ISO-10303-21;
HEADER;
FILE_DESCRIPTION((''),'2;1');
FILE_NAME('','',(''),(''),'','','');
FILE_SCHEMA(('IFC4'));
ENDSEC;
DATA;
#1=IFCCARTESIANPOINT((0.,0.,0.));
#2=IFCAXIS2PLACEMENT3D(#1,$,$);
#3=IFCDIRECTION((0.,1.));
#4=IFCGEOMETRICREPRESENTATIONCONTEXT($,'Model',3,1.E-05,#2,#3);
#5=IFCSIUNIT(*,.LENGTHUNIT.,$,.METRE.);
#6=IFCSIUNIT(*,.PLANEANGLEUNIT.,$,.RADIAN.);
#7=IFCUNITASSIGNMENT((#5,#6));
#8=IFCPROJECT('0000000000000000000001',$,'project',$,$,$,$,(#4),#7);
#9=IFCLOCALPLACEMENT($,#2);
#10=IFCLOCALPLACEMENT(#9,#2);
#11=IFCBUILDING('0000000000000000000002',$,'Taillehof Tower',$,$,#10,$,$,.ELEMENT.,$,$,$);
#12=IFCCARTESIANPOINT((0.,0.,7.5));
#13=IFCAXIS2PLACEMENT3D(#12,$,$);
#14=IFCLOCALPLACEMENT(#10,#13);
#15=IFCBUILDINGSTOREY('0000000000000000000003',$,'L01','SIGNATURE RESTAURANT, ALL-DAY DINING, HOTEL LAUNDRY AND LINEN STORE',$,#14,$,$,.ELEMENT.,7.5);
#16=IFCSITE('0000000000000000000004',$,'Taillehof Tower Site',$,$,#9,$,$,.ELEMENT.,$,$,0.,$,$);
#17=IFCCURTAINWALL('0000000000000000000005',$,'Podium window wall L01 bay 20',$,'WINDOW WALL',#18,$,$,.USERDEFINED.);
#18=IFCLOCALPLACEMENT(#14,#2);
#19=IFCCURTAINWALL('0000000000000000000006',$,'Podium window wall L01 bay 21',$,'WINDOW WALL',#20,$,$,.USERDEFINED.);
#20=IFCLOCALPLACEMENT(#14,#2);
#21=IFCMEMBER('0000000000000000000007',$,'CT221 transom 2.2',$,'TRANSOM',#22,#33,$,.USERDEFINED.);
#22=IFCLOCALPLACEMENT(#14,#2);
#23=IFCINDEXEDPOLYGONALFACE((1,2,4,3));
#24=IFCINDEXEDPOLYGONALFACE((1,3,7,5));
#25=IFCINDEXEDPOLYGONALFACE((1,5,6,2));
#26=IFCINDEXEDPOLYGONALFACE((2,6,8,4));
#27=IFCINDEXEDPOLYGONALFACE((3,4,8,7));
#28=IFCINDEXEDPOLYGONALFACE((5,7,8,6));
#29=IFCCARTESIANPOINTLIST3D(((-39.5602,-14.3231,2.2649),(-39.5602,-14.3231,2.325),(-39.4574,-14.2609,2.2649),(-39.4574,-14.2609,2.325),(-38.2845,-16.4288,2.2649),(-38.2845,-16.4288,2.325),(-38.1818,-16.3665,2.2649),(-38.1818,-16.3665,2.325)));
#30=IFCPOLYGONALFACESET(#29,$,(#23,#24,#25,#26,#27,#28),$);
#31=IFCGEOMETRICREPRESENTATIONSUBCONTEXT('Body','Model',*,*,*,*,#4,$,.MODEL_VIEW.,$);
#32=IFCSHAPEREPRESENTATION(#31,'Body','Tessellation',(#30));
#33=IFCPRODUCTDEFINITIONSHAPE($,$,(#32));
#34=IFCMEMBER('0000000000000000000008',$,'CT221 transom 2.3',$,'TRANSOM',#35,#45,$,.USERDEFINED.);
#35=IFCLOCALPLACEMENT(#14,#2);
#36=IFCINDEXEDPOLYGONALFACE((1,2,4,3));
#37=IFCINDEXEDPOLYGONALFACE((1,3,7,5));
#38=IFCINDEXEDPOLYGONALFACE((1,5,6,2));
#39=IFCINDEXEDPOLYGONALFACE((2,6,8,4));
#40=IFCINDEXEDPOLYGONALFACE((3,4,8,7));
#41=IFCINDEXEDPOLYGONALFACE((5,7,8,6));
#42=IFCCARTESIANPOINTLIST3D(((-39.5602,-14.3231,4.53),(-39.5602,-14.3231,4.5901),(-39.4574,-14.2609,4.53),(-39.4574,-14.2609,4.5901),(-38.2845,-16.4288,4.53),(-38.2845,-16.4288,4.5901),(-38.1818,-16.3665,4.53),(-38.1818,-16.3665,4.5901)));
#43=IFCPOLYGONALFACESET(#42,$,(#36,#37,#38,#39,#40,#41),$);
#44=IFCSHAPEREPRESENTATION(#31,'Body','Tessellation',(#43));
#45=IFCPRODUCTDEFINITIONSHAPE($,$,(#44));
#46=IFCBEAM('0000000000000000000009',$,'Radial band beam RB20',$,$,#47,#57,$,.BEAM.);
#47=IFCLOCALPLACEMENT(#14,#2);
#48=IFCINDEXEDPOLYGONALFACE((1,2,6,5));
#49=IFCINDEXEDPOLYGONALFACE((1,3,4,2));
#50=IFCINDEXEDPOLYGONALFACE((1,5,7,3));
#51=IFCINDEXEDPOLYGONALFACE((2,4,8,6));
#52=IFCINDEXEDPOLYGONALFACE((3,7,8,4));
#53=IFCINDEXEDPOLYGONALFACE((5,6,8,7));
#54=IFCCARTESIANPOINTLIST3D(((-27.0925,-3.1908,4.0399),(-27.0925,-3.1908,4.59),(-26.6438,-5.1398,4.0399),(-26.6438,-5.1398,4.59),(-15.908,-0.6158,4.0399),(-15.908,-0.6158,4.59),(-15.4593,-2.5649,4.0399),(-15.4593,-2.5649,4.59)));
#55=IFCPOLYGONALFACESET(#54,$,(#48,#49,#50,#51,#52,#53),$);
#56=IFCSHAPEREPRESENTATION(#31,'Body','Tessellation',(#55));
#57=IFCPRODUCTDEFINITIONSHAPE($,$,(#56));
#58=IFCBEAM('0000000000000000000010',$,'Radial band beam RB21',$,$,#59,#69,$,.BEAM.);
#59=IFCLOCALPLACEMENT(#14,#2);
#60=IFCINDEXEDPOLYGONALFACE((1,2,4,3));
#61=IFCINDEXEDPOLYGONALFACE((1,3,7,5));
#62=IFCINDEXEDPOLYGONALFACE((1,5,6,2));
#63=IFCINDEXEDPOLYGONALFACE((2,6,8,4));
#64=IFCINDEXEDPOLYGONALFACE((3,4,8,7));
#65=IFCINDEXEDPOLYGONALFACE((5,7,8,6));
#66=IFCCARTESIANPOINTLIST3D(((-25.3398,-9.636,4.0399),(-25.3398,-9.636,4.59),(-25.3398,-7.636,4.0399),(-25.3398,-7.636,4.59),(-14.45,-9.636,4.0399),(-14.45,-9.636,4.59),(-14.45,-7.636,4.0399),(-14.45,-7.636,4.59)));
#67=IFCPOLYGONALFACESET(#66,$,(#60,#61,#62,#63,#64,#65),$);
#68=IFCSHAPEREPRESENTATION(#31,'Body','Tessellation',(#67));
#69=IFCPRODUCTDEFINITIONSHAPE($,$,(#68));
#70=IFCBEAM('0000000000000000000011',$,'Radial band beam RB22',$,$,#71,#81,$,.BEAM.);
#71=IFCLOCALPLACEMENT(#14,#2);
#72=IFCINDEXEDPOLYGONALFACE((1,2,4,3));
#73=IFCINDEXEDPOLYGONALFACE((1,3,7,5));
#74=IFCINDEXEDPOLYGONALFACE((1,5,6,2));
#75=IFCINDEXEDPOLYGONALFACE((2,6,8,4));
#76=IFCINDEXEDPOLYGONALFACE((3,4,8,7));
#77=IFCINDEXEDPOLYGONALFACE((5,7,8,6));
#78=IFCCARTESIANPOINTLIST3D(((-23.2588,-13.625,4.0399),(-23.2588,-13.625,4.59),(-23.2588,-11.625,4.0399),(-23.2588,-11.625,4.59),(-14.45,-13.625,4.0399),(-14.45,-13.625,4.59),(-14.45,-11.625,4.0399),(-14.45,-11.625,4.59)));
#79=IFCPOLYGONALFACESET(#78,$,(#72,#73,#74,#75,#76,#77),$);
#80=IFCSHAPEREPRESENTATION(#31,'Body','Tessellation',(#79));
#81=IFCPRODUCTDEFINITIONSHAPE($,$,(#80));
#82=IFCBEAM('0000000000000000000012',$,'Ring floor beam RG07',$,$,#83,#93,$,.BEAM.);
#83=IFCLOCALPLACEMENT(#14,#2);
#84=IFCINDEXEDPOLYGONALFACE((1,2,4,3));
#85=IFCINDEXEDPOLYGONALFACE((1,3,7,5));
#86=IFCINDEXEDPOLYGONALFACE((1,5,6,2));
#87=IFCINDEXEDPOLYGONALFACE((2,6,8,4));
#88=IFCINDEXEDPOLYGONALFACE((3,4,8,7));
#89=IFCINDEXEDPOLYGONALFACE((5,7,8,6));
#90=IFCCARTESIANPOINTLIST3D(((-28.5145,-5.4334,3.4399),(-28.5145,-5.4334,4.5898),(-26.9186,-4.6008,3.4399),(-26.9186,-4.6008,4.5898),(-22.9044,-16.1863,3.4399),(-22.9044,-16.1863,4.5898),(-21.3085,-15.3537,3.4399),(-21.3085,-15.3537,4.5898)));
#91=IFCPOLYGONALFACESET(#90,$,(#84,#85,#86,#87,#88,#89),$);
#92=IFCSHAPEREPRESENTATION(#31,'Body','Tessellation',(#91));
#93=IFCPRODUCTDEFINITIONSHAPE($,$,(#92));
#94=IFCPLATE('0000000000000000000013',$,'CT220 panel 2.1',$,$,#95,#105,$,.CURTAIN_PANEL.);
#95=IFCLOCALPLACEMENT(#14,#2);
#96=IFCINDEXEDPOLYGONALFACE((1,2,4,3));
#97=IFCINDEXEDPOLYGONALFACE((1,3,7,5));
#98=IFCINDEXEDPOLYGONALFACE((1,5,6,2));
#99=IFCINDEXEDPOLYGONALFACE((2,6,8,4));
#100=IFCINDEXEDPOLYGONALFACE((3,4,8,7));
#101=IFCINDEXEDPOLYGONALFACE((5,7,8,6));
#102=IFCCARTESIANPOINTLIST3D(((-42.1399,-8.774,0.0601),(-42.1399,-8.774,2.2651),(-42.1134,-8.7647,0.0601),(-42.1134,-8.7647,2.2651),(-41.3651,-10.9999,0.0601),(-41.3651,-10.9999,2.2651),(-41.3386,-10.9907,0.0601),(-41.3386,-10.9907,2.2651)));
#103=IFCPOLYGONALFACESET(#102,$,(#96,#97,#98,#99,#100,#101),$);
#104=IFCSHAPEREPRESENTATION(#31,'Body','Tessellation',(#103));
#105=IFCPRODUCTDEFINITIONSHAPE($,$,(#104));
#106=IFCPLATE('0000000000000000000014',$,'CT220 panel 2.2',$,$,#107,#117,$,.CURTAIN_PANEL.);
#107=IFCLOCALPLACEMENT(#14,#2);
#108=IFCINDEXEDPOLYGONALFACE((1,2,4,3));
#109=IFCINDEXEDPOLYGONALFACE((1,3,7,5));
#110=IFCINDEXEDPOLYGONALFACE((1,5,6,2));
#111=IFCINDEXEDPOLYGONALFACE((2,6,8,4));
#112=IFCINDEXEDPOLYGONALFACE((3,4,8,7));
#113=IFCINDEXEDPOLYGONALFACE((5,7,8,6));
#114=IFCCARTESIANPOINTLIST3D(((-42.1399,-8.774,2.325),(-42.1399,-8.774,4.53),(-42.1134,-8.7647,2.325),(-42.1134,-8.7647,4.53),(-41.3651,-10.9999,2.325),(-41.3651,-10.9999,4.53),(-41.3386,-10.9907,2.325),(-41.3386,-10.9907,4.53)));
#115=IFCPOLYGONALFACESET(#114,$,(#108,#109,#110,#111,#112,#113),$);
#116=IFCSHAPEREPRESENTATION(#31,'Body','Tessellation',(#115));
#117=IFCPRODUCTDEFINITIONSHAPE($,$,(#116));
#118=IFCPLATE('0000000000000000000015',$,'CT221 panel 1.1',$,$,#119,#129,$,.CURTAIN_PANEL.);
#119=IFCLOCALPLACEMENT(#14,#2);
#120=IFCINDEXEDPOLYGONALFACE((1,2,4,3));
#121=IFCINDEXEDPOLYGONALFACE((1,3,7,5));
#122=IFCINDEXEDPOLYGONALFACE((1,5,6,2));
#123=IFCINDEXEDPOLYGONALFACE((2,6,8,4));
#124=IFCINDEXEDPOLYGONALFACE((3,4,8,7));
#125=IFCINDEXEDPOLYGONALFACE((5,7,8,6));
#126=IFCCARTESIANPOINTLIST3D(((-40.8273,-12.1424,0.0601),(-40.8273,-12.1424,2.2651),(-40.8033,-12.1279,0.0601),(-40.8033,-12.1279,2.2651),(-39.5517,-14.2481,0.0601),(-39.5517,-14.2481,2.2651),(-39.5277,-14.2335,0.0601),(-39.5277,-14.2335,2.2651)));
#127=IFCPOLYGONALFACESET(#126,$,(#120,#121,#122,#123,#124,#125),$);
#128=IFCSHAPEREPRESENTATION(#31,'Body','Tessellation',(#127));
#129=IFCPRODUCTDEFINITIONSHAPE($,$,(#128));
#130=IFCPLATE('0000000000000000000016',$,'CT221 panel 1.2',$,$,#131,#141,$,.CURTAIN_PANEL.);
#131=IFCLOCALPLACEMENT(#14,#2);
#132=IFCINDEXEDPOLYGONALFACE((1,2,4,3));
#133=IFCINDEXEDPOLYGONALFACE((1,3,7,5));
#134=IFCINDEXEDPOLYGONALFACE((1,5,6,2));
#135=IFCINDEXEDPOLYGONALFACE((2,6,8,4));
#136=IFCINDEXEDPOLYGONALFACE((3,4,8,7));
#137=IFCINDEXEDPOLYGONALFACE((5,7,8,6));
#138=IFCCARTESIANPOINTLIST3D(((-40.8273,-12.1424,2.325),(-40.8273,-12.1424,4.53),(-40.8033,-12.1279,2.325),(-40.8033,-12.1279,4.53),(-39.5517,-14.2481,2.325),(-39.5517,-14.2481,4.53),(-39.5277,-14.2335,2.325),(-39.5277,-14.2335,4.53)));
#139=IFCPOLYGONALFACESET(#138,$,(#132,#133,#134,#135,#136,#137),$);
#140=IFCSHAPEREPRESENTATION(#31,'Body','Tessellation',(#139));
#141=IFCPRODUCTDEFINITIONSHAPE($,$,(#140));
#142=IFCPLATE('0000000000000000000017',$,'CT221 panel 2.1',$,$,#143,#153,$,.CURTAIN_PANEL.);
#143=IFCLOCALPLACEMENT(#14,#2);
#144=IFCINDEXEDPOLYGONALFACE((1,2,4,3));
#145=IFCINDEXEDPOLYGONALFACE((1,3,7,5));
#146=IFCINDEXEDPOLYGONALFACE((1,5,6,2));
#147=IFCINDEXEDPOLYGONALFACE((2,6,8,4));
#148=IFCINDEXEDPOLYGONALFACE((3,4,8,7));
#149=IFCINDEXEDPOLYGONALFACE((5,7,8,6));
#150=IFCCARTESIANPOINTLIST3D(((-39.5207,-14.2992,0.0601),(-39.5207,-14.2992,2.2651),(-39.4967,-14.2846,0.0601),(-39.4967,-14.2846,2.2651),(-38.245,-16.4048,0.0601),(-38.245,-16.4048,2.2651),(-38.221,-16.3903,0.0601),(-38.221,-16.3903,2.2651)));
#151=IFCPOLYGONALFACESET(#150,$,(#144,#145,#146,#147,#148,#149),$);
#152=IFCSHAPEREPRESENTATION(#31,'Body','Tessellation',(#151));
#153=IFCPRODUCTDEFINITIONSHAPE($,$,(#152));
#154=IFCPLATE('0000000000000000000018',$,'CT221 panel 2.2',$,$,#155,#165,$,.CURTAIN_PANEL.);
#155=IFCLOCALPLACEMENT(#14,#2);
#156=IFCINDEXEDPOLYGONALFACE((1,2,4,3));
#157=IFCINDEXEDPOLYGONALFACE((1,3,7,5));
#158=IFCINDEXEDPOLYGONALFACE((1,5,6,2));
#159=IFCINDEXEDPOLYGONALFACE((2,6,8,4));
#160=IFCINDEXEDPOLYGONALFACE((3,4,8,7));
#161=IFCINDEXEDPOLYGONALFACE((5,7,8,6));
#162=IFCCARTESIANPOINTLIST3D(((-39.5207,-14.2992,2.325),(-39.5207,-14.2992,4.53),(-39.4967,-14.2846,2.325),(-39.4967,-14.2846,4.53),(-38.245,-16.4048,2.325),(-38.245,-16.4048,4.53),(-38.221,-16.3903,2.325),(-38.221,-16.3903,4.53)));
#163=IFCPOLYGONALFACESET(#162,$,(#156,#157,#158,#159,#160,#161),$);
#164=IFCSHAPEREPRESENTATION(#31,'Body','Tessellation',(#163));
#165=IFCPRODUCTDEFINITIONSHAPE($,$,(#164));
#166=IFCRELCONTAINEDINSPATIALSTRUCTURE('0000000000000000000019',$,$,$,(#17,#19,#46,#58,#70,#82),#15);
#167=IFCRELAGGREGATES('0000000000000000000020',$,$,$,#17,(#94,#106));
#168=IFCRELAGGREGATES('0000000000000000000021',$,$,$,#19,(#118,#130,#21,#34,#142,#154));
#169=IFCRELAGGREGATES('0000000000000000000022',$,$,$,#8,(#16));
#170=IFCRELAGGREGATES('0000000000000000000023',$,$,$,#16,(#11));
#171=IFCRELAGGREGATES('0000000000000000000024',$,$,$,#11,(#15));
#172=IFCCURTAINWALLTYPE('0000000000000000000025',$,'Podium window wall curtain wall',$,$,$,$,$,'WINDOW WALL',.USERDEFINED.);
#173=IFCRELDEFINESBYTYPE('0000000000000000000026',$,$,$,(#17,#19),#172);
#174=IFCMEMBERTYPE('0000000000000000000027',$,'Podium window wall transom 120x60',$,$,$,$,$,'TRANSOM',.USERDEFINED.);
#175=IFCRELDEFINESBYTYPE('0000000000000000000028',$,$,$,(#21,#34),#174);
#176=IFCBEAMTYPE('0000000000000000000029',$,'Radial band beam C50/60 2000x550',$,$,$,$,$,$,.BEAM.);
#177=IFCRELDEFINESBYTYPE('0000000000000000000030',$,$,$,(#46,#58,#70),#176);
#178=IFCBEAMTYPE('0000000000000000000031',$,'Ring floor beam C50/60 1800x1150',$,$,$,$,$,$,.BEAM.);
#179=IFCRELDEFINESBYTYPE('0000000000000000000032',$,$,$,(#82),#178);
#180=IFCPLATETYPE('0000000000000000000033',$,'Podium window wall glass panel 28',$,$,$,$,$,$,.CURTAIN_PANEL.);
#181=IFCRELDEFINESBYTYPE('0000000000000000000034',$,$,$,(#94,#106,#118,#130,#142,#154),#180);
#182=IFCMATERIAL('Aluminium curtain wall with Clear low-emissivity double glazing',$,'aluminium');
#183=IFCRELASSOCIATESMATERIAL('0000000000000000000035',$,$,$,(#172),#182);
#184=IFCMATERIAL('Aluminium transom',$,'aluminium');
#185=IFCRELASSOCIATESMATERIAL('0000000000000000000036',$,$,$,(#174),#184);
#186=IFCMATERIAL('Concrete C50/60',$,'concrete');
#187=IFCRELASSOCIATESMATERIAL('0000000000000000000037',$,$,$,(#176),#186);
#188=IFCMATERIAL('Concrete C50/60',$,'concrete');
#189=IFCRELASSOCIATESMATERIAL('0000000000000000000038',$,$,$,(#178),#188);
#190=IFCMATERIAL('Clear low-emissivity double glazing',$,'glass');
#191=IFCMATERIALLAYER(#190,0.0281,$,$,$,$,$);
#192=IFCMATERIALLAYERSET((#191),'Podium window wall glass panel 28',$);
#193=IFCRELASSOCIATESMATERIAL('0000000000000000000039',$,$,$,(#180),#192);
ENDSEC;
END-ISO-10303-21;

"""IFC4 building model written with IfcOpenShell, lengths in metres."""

from ifc_helpers import new_model, si_unit, direction, frame, origin, origin_2d, place, context, subcontext, project, spatial, rectangle, extrude, material, layer, layer_set, material_profile, profile_set, type_object, element, aggregate, save


model = new_model("IFC4")

# Units and contexts
model_context = context("Model", 3, precision=1e-05, world=origin(), true_north=direction((0.0, 1.0)))
body_context = subcontext(model_context, "Body", "Model", "MODEL_VIEW")
ifc_project = project(units=[si_unit("LENGTHUNIT", "METRE"), si_unit("PLANEANGLEUNIT", "RADIAN")], contexts=[model_context])

# Site, building, storey
site_placement = place(None, origin())
site = spatial("IfcSite", under=ifc_project, at=site_placement, Name="Taillehof Tower Site", CompositionType="ELEMENT", RefElevation=0.0)
building_placement = place(site_placement, origin())
building = spatial("IfcBuilding", under=site, at=building_placement, Name="Taillehof Tower", CompositionType="ELEMENT")
storey_placement = place(building_placement, frame((0.0, 0.0, 7.5)))
storey = spatial("IfcBuildingStorey", under=building, at=storey_placement, Name="L01", Description="SIGNATURE RESTAURANT, ALL-DAY DINING, HOTEL LAUNDRY AND LINEN STORE", CompositionType="ELEMENT", Elevation=7.5)

# Curtain wall
ifc_material_1 = material(Name="Aluminium curtain wall with Clear low-emissivity double glazing", Category="aluminium")
curtain_wall_type = type_object("IfcCurtainWallType", Name="Podium window wall curtain wall", ElementType="WINDOW WALL", PredefinedType="USERDEFINED", material=ifc_material_1)
curtain_wall_1_placement = place(storey_placement, origin())
curtain_wall_1 = element("IfcCurtainWall", 1, at=curtain_wall_1_placement, inside=storey, type_object=curtain_wall_type, Name="Podium window wall L01 bay 20", ObjectType="WINDOW WALL", PredefinedType="USERDEFINED")

# Curtain wall
curtain_wall_2_placement = place(storey_placement, origin())
curtain_wall_2 = element("IfcCurtainWall", 2, at=curtain_wall_2_placement, inside=storey, type_object=curtain_wall_type, Name="Podium window wall L01 bay 21", ObjectType="WINDOW WALL", PredefinedType="USERDEFINED")

# Members
ifc_material_2 = material(Name="Aluminium transom", Category="aluminium")
ifc_material_profile_1 = material_profile(ifc_material_2, rectangle(XDim=0.1201, YDim=0.0601, at=origin_2d()), Name="AL 120x60")
ifc_profile_set_1 = profile_set([ifc_material_profile_1], Name="Aluminium transom")
member_type_1 = type_object("IfcMemberType", Name="Podium window wall transom 120x60", ElementType="TRANSOM", PredefinedType="USERDEFINED", material=ifc_profile_set_1)
member_1_placement = place(storey_placement, frame((-39.5088, -14.292, 2.2949), z_axis=(0.518137, -0.855298, 0.0), x_axis=(0.855298, 0.518137, 0.0)))
member_1 = element("IfcMember", 3, at=member_1_placement, type_object=member_type_1, Name="CT221 transom 2.2", ObjectType="TRANSOM", PredefinedType="USERDEFINED", context=body_context, shape_type="SweptSolid", body=[
    extrude(rectangle(XDim=0.1201, YDim=0.0601, at=origin_2d()), origin(), (0.0, 0.0, 1.0), 2.4619),
])
member_2_placement = place(storey_placement, frame((-39.5088, -14.292, 4.5601), z_axis=(0.518137, -0.855298, 0.0), x_axis=(0.855298, 0.518137, 0.0)))
member_2 = element("IfcMember", 4, at=member_2_placement, type_object=member_type_1, Name="CT221 transom 2.3", ObjectType="TRANSOM", PredefinedType="USERDEFINED", context=body_context, shape_type="SweptSolid", body=[
    extrude(rectangle(XDim=0.1201, YDim=0.0601, at=origin_2d()), origin(), (0.0, 0.0, 1.0), 2.4619),
])

# Beams
ifc_material_3 = material(Name="Concrete C50/60", Category="concrete")
ifc_material_profile_2 = material_profile(ifc_material_3, rectangle(XDim=2.0, YDim=0.55, at=origin_2d()), Name="RC 2000x550")
ifc_profile_set_2 = profile_set([ifc_material_profile_2], Name="Concrete C50/60")
beam_type_1 = type_object("IfcBeamType", Name="Radial band beam C50/60 2000x550", PredefinedType="BEAM", material=ifc_profile_set_2)
beam_1_placement = place(storey_placement, frame((-26.8682, -4.1653, 4.3149), z_axis=(0.974508, 0.224355, 0.0), x_axis=(-0.224355, 0.974508, 0.0)))
element("IfcBeam", 5, at=beam_1_placement, inside=storey, type_object=beam_type_1, Name="Radial band beam RB20", PredefinedType="BEAM", context=body_context, shape_type="SweptSolid", body=[
    extrude(rectangle(XDim=2.0, YDim=0.55, at=origin_2d()), origin(), (0.0, 0.0, 1.0), 11.4771),
])
beam_2_placement = place(storey_placement, frame((-25.3398, -8.636, 4.3149), z_axis=(1.0, 0.0, 0.0), x_axis=(0.0, 1.0, 0.0)))
element("IfcBeam", 6, at=beam_2_placement, inside=storey, type_object=beam_type_1, Name="Radial band beam RB21", PredefinedType="BEAM", context=body_context, shape_type="SweptSolid", body=[
    extrude(rectangle(XDim=2.0, YDim=0.55, at=origin_2d()), origin(), (0.0, 0.0, 1.0), 10.8899),
])
beam_3_placement = place(storey_placement, frame((-23.2588, -12.625, 4.3149), z_axis=(1.0, 0.0, 0.0), x_axis=(0.0, 1.0, 0.0)))
element("IfcBeam", 7, at=beam_3_placement, inside=storey, type_object=beam_type_1, Name="Radial band beam RB22", PredefinedType="BEAM", context=body_context, shape_type="SweptSolid", body=[
    extrude(rectangle(XDim=2.0, YDim=0.55, at=origin_2d()), origin(), (0.0, 0.0, 1.0), 8.8088),
])
ifc_material_4 = material(Name="Concrete C50/60", Category="concrete")
ifc_material_profile_3 = material_profile(ifc_material_4, rectangle(XDim=1.8, YDim=1.1499, at=origin_2d()), Name="RC 1800x1150")
ifc_profile_set_3 = profile_set([ifc_material_profile_3], Name="Concrete C50/60")
beam_type_2 = type_object("IfcBeamType", Name="Ring floor beam C50/60 1800x1150", PredefinedType="BEAM", material=ifc_profile_set_3)
beam_4_placement = place(storey_placement, frame((-27.7166, -5.0171, 4.0149), z_axis=(0.462558, -0.886589, 0.0), x_axis=(0.886589, 0.462558, 0.0)))
element("IfcBeam", 8, at=beam_4_placement, inside=storey, type_object=beam_type_2, Name="Ring floor beam RG07", PredefinedType="BEAM", context=body_context, shape_type="SweptSolid", body=[
    extrude(rectangle(XDim=1.8, YDim=1.1499, at=origin_2d()), origin(), (0.0, 0.0, 1.0), 12.1284),
])

# Plates
ifc_material_5 = material(Name="Clear low-emissivity double glazing", Category="glass")
ifc_layer_1 = layer(ifc_material_5, 0.0281)
ifc_layer_set_1 = layer_set([ifc_layer_1], Name="Podium window wall glass panel 28")
plate_type = type_object("IfcPlateType", Name="Podium window wall glass panel 28", PredefinedType="CURTAIN_PANEL", material=ifc_layer_set_1)
plate_1_placement = place(storey_placement, frame((-41.7393, -9.8823, 0.0601), z_axis=(0.0, 0.0, 1.0), x_axis=(0.328758, -0.944414, 0.0)))
plate_1 = element("IfcPlate", 9, at=plate_1_placement, type_object=plate_type, Name="CT220 panel 2.1", PredefinedType="CURTAIN_PANEL", context=body_context, shape_type="SweptSolid", body=[
    extrude(rectangle(XDim=2.3569, YDim=0.0281, at=origin_2d()), origin(), (0.0, 0.0, 1.0), 2.2051),
])
plate_2_placement = place(storey_placement, frame((-41.7393, -9.8823, 2.325), z_axis=(0.0, 0.0, 1.0), x_axis=(0.328758, -0.944414, 0.0)))
plate_2 = element("IfcPlate", 10, at=plate_2_placement, type_object=plate_type, Name="CT220 panel 2.2", PredefinedType="CURTAIN_PANEL", context=body_context, shape_type="SweptSolid", body=[
    extrude(rectangle(XDim=2.3569, YDim=0.0281, at=origin_2d()), origin(), (0.0, 0.0, 1.0), 2.2051),
])
aggregate(curtain_wall_1, [plate_1, plate_2])
plate_3_placement = place(storey_placement, frame((-40.1775, -13.188, 0.0601), z_axis=(0.0, 0.0, 1.0), x_axis=(0.518151, -0.855289, 0.0)))
plate_3 = element("IfcPlate", 11, at=plate_3_placement, type_object=plate_type, Name="CT221 panel 1.1", PredefinedType="CURTAIN_PANEL", context=body_context, shape_type="SweptSolid", body=[
    extrude(rectangle(XDim=2.4619, YDim=0.0281, at=origin_2d()), origin(), (0.0, 0.0, 1.0), 2.2051),
])
plate_4_placement = place(storey_placement, frame((-40.1775, -13.188, 2.325), z_axis=(0.0, 0.0, 1.0), x_axis=(0.518151, -0.855289, 0.0)))
plate_4 = element("IfcPlate", 12, at=plate_4_placement, type_object=plate_type, Name="CT221 panel 1.2", PredefinedType="CURTAIN_PANEL", context=body_context, shape_type="SweptSolid", body=[
    extrude(rectangle(XDim=2.4619, YDim=0.0281, at=origin_2d()), origin(), (0.0, 0.0, 1.0), 2.2051),
])
plate_5_placement = place(storey_placement, frame((-38.8708, -15.3447, 0.0601), z_axis=(0.0, 0.0, 1.0), x_axis=(0.518151, -0.855289, 0.0)))
plate_5 = element("IfcPlate", 13, at=plate_5_placement, type_object=plate_type, Name="CT221 panel 2.1", PredefinedType="CURTAIN_PANEL", context=body_context, shape_type="SweptSolid", body=[
    extrude(rectangle(XDim=2.4619, YDim=0.0281, at=origin_2d()), origin(), (0.0, 0.0, 1.0), 2.2051),
])
plate_6_placement = place(storey_placement, frame((-38.8708, -15.3447, 2.325), z_axis=(0.0, 0.0, 1.0), x_axis=(0.518151, -0.855289, 0.0)))
plate_6 = element("IfcPlate", 14, at=plate_6_placement, type_object=plate_type, Name="CT221 panel 2.2", PredefinedType="CURTAIN_PANEL", context=body_context, shape_type="SweptSolid", body=[
    extrude(rectangle(XDim=2.4619, YDim=0.0281, at=origin_2d()), origin(), (0.0, 0.0, 1.0), 2.2051),
])
aggregate(curtain_wall_2, [plate_3, plate_4, member_1, member_2, plate_5, plate_6])

save(model, "model.ifc")
